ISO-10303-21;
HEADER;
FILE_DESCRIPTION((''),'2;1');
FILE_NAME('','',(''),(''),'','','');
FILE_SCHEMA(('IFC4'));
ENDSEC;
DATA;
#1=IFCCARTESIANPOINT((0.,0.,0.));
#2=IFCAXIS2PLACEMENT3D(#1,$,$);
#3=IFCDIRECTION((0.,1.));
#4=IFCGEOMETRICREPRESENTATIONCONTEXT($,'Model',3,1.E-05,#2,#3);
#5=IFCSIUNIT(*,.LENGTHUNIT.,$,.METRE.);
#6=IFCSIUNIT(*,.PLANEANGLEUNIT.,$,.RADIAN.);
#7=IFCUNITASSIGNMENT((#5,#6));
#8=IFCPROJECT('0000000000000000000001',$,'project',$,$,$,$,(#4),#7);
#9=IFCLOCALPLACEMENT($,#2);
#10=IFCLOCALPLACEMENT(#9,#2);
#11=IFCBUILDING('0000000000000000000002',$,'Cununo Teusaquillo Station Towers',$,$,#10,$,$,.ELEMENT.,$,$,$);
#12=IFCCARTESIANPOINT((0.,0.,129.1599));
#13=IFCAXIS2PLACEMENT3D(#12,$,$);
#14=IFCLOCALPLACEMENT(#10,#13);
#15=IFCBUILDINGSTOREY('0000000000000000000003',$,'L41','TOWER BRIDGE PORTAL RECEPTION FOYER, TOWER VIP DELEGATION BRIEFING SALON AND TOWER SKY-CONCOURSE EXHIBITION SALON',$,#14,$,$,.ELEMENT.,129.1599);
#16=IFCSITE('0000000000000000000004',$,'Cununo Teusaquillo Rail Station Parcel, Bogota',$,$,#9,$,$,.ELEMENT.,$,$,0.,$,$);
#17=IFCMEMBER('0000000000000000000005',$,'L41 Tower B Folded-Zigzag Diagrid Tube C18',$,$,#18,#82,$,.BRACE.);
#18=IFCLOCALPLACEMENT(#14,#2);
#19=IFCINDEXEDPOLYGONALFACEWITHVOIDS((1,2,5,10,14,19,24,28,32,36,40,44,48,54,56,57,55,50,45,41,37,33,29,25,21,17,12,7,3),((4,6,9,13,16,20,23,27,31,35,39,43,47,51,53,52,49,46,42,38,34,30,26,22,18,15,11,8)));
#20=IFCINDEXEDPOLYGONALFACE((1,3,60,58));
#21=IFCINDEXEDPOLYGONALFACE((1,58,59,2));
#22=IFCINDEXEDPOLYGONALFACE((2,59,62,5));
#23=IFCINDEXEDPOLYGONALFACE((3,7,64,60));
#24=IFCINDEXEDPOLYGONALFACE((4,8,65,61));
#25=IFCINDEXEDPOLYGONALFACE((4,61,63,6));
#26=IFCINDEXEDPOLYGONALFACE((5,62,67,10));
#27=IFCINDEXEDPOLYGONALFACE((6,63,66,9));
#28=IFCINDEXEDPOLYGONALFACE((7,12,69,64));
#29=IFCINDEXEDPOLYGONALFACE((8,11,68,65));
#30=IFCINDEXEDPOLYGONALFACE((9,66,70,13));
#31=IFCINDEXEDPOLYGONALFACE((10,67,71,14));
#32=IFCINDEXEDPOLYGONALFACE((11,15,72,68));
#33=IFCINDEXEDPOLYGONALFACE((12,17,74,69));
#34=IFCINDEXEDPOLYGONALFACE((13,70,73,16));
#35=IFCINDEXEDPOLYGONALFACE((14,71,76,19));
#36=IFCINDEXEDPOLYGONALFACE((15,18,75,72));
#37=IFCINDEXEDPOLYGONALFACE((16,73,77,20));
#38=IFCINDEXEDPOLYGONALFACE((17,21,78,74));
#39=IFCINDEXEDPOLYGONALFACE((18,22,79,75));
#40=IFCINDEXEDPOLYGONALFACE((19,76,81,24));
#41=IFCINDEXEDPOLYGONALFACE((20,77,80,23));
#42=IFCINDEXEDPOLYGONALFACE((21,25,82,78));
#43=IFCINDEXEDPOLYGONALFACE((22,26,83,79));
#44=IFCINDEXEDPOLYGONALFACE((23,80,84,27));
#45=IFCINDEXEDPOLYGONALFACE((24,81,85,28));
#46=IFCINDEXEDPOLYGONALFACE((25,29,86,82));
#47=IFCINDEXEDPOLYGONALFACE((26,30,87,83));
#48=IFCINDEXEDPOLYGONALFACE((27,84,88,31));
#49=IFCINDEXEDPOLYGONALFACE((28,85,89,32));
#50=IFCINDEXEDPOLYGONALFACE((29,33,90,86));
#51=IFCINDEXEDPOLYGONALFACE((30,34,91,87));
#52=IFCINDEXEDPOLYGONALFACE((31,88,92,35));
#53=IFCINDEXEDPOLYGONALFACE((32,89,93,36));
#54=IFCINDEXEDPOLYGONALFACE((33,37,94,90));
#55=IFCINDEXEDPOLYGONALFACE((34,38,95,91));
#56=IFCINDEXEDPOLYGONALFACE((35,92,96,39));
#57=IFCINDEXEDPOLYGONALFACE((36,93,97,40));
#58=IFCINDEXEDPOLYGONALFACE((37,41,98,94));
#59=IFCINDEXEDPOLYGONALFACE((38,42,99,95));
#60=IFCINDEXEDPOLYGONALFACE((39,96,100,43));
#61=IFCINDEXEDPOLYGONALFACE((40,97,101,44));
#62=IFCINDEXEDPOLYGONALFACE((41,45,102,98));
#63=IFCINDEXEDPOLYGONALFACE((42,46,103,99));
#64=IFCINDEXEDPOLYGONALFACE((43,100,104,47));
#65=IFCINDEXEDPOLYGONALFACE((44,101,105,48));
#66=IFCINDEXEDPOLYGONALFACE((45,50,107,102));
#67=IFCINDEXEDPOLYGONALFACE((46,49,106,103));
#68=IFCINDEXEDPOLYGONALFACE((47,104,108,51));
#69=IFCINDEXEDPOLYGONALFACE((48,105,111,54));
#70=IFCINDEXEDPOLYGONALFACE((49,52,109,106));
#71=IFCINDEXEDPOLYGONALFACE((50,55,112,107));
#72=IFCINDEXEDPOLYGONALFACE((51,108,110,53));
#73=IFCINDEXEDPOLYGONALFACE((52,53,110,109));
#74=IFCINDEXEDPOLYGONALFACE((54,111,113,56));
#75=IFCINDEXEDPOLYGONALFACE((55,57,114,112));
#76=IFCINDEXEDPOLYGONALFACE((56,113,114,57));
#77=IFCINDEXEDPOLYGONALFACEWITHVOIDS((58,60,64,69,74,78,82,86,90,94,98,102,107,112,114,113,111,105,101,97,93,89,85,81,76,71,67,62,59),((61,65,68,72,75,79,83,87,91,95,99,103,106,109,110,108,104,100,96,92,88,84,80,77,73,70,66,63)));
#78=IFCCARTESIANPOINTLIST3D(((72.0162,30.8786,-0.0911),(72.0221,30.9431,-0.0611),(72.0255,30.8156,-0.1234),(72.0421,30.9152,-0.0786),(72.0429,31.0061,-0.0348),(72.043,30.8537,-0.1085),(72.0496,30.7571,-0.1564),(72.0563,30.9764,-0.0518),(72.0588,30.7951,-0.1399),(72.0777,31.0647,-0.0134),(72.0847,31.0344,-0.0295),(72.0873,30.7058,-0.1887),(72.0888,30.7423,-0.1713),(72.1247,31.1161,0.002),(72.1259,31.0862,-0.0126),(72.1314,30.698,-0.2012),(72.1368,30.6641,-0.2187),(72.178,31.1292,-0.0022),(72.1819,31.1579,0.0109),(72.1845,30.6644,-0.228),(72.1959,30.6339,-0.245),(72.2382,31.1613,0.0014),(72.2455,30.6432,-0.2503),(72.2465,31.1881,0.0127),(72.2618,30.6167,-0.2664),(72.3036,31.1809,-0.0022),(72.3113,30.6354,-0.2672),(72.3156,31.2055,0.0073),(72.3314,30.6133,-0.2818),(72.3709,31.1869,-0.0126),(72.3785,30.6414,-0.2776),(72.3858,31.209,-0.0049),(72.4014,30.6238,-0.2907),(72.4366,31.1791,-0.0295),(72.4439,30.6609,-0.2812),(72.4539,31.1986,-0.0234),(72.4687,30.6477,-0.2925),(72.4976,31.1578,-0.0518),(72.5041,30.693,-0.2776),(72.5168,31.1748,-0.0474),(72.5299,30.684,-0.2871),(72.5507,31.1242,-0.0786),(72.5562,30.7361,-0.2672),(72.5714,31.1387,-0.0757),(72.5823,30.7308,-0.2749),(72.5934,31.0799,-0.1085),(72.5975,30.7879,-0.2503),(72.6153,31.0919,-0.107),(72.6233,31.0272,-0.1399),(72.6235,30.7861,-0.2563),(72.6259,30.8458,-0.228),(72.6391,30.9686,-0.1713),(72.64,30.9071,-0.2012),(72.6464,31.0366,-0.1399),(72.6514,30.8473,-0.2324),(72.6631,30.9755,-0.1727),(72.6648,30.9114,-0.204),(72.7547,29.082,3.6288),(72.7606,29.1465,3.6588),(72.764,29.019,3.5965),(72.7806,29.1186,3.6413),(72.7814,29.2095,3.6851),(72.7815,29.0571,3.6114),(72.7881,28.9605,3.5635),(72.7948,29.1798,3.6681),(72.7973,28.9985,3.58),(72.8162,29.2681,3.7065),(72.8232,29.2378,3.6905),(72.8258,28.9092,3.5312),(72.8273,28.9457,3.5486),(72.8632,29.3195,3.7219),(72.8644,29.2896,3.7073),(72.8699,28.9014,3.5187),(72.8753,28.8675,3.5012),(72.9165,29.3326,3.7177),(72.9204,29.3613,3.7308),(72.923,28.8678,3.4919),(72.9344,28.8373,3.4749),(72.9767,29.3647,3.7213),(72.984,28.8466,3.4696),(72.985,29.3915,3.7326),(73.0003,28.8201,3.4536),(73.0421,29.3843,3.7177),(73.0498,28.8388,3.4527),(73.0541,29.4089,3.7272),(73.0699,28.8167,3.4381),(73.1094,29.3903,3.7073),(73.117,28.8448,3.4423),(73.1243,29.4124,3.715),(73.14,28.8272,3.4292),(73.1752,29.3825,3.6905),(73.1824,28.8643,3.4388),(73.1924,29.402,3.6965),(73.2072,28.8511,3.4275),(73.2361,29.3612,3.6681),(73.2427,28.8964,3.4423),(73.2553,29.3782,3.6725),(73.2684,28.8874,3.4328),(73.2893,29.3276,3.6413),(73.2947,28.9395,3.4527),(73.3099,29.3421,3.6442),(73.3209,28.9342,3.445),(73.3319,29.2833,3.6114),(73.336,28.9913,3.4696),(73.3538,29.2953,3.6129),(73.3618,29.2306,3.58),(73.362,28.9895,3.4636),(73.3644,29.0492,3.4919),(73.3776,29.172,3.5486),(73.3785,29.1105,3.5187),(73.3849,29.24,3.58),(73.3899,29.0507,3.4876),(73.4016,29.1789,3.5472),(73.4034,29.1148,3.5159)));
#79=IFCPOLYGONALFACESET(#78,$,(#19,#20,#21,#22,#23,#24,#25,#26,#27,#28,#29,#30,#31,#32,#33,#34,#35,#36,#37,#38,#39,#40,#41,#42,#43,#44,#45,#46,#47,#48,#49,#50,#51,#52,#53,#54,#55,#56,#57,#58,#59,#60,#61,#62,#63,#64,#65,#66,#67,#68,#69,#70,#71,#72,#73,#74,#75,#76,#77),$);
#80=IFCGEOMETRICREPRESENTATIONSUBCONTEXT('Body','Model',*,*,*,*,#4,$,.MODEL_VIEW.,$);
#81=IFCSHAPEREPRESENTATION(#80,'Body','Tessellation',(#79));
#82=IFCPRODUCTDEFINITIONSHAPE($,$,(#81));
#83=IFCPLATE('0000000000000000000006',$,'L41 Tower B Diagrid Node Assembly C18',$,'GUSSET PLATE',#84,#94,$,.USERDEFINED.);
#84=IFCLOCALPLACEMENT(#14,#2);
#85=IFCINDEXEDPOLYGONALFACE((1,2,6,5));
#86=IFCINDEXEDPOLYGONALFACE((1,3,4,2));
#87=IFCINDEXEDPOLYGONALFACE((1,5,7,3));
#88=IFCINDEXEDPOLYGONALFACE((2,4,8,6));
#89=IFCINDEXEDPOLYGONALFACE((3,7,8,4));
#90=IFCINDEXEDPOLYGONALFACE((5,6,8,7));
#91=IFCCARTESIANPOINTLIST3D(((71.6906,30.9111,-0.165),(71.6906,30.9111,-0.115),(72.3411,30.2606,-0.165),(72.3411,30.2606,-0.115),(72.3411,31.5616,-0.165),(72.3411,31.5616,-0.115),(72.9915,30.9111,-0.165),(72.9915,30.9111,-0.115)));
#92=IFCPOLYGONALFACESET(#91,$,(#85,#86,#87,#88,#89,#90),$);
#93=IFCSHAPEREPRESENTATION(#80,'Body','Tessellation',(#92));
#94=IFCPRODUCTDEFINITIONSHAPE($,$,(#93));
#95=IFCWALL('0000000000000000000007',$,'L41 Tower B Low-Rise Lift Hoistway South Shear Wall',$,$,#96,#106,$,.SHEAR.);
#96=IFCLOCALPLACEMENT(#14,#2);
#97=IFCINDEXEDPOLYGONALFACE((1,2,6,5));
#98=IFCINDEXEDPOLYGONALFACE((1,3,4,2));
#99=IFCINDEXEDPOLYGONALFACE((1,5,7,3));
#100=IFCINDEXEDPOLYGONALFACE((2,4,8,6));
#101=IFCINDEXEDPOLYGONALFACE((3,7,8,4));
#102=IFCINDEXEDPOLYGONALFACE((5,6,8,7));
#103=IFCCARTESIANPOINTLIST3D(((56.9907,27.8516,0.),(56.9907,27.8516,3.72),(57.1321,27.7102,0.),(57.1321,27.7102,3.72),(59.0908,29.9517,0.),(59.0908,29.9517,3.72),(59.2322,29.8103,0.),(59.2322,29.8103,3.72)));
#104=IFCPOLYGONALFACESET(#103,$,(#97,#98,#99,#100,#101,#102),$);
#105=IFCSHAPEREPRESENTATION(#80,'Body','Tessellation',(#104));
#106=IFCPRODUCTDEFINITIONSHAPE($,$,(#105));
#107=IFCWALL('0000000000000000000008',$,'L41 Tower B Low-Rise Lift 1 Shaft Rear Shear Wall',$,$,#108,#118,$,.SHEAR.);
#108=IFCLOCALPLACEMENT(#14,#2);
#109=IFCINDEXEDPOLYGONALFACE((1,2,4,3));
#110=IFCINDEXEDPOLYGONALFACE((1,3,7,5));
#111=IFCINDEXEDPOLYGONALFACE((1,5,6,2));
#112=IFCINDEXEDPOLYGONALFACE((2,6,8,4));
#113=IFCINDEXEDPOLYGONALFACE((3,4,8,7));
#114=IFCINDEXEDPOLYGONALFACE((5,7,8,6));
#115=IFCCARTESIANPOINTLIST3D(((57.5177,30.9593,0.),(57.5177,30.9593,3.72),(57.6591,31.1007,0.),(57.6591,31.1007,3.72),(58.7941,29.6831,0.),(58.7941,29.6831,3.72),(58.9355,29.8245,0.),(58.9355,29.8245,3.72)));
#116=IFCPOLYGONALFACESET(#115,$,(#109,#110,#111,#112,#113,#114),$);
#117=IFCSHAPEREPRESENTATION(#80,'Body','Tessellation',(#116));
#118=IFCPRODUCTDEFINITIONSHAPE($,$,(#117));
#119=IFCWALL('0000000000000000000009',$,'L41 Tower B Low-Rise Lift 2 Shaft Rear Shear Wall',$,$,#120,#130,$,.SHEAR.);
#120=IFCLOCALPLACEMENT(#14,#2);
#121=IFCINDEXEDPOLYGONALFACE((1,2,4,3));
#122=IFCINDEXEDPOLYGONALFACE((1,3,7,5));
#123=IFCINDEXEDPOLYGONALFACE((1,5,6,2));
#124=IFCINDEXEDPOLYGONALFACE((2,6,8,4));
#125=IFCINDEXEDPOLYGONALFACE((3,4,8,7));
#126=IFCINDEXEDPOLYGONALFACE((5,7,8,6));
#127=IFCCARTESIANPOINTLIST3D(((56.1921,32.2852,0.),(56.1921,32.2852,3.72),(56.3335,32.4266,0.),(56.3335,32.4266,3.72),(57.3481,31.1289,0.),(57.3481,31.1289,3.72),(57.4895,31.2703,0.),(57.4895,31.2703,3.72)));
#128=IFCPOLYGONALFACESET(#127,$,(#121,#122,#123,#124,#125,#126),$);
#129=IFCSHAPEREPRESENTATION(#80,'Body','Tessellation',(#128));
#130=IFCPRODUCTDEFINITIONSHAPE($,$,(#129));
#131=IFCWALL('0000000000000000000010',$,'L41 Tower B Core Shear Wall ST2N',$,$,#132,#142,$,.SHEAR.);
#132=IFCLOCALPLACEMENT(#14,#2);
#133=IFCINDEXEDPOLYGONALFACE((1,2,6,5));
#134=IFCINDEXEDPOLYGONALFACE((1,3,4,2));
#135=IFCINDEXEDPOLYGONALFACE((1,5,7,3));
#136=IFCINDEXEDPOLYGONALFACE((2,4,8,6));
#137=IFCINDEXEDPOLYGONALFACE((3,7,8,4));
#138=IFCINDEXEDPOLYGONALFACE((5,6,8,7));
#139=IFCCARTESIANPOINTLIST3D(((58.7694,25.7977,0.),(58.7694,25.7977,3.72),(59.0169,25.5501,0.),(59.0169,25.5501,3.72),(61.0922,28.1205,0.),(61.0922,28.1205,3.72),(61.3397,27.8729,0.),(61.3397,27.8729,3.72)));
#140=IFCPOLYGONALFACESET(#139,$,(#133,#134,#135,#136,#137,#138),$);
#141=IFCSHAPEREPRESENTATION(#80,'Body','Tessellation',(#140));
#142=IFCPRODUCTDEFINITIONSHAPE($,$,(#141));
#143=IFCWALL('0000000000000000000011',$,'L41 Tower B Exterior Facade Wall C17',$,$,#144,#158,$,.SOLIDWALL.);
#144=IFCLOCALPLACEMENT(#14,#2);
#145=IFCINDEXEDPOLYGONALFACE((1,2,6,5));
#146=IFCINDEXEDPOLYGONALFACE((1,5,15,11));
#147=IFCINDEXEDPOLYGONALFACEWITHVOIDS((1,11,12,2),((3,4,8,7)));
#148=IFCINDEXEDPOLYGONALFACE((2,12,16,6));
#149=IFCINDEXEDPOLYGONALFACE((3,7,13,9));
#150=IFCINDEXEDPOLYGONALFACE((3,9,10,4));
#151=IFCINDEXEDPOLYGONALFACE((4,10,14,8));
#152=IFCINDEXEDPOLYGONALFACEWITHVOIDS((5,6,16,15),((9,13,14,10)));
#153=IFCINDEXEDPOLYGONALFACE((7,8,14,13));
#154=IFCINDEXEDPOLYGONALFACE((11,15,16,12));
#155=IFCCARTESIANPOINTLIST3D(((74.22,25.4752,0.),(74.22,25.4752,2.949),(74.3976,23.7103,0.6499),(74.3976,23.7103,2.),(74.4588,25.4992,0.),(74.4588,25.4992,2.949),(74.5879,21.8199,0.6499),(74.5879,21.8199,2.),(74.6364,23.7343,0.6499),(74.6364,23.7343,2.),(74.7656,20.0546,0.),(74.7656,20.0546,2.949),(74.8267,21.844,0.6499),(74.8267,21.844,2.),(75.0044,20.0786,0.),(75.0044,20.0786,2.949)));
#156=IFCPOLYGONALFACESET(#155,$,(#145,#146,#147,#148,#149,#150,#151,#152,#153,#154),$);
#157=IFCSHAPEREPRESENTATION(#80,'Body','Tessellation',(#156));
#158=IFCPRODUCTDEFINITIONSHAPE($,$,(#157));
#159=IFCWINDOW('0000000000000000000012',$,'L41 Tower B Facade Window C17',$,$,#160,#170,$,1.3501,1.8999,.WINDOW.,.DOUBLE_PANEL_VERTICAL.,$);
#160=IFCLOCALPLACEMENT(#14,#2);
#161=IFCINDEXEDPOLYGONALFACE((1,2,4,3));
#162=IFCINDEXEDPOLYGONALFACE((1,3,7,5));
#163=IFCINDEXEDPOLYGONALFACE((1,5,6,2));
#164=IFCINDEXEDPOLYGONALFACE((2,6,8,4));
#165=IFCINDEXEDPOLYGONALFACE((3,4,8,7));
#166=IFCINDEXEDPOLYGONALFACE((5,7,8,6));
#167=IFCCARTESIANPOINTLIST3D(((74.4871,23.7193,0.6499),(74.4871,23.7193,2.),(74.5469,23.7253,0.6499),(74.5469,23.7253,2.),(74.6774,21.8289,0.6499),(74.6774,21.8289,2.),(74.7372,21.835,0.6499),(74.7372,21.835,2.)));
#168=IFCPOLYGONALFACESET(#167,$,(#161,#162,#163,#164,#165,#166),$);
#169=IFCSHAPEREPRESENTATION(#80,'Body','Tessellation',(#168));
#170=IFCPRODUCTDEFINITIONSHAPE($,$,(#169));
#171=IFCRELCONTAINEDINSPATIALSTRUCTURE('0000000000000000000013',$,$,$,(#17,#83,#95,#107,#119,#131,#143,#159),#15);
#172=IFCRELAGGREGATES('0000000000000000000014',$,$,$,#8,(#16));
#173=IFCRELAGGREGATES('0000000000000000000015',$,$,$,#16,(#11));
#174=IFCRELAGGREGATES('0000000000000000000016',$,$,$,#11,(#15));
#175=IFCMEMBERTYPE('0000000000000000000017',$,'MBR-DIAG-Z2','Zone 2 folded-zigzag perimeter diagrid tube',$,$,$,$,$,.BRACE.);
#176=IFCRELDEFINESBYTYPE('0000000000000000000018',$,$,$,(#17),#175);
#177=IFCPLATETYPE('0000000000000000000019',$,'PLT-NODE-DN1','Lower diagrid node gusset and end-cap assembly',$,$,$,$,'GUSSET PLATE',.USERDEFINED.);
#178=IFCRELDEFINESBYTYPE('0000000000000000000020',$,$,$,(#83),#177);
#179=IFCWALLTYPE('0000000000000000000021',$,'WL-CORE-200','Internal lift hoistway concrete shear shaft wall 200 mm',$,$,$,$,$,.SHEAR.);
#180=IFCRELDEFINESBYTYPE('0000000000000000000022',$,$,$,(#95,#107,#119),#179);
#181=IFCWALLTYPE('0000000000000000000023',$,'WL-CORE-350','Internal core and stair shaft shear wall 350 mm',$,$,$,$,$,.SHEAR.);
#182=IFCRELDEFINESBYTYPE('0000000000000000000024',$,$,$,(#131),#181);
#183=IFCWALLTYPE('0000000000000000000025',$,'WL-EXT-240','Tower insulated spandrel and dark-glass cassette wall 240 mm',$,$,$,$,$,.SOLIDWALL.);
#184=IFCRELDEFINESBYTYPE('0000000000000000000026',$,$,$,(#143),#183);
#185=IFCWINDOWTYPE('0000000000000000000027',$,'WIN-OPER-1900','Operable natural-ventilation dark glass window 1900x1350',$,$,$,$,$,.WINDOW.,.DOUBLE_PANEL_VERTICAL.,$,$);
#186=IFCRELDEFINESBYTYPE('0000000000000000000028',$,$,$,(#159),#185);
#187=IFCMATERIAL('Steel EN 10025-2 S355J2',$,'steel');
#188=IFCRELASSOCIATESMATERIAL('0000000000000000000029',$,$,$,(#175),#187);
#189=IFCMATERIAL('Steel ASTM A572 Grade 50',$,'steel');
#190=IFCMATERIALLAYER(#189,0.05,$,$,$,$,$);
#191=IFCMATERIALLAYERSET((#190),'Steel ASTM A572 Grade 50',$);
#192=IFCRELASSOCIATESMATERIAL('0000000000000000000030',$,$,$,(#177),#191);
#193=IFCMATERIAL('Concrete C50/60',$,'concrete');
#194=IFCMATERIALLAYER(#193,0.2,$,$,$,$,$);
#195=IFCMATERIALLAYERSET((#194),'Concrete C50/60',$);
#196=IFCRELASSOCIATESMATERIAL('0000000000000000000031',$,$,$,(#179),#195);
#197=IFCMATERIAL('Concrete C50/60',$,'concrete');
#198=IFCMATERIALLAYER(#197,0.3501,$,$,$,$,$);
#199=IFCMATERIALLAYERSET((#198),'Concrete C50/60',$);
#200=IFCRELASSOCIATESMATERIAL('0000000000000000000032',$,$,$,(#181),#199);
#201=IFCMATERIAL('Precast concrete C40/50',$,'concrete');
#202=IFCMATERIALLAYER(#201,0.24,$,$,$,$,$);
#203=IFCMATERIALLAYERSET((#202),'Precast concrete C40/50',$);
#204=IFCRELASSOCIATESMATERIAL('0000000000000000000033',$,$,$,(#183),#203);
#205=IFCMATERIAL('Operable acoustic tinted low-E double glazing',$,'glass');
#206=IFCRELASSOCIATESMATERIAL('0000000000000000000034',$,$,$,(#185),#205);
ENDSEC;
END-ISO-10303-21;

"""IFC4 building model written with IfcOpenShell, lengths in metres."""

from ifc_helpers import new_model, si_unit, direction, frame, frame_2d, origin, origin_2d, place, context, subcontext, project, spatial, rectangle, hollow_circle, extrude, source, transform, mapped, material, layer, layer_set, material_profile, profile_set, type_object, element, fill, save


model = new_model("IFC4")

# Units and contexts
model_context = context("Model", 3, precision=1e-05, world=origin(), true_north=direction((0.0, 1.0)))
body_context = subcontext(model_context, "Body", "Model", "MODEL_VIEW")
ifc_project = project(units=[si_unit("LENGTHUNIT", "METRE"), si_unit("PLANEANGLEUNIT", "RADIAN")], contexts=[model_context])

# Site, building, storey
site_placement = place(None, origin())
site = spatial("IfcSite", under=ifc_project, at=site_placement, Name="Cununo Teusaquillo Rail Station Parcel, Bogota", CompositionType="ELEMENT", RefElevation=0.0)
building_placement = place(site_placement, origin())
building = spatial("IfcBuilding", under=site, at=building_placement, Name="Cununo Teusaquillo Station Towers", CompositionType="ELEMENT")
storey_placement = place(building_placement, frame((0.0, 0.0, 129.1599)))
storey = spatial("IfcBuildingStorey", under=building, at=storey_placement, Name="L41", Description="TOWER BRIDGE PORTAL RECEPTION FOYER, TOWER VIP DELEGATION BRIEFING SALON AND TOWER SKY-CONCOURSE EXHIBITION SALON", CompositionType="ELEMENT", Elevation=129.1599)

# Member
ifc_material_1 = material(Name="Steel EN 10025-2 S355J2", Category="steel")
ifc_material_profile_1 = material_profile(ifc_material_1, hollow_circle(Radius=0.3301, WallThickness=0.0249, at=origin_2d()), Name="CHS 660x25")
ifc_profile_set_1 = profile_set([ifc_material_profile_1], Name="Steel EN 10025-2 S355J2")
member_type = type_object("IfcMemberType", Name="MBR-DIAG-Z2", Description="Zone 2 folded-zigzag perimeter diagrid tube", PredefinedType="BRACE", material=ifc_profile_set_1)
member_placement = place(storey_placement, frame((72.3411, 30.9111, -0.1399), z_axis=(0.175982, -0.428115, 0.886424), x_axis=(0.924907, 0.380193, 0.0)))
element("IfcMember", 1, at=member_placement, inside=storey, type_object=member_type, Name="L41 Tower B Folded-Zigzag Diagrid Tube C18", PredefinedType="BRACE", context=body_context, shape_type="SweptSolid", body=[
    extrude(hollow_circle(Radius=0.3301, WallThickness=0.0249, at=origin_2d()), origin(), (0.0, 0.0, 1.0), 4.1965),
])

# Plate
ifc_material_2 = material(Name="Steel ASTM A572 Grade 50", Category="steel")
ifc_layer_1 = layer(ifc_material_2, 0.05)
ifc_layer_set_1 = layer_set([ifc_layer_1], Name="Steel ASTM A572 Grade 50")
plate_type = type_object("IfcPlateType", Name="PLT-NODE-DN1", Description="Lower diagrid node gusset and end-cap assembly", ElementType="GUSSET PLATE", PredefinedType="USERDEFINED", material=ifc_layer_set_1)
shared_shape_1 = source(origin(), body_context, "Body", "SweptSolid", [
    extrude(rectangle(XDim=0.9199, YDim=0.9199, at=origin_2d()), origin(), (0.0, 0.0, 1.0), 0.05),
])
plate_placement = place(storey_placement, frame((72.3411, 30.9111, -0.165), z_axis=(0.0, 0.0, 1.0), x_axis=(0.707107, 0.707107, 0.0)))
element("IfcPlate", 2, at=plate_placement, inside=storey, type_object=plate_type, Name="L41 Tower B Diagrid Node Assembly C18", ObjectType="GUSSET PLATE", PredefinedType="USERDEFINED", context=body_context, shape_type="MappedRepresentation", body=[
    mapped(shared_shape_1, transform((0.0, 0.0, 0.0), x_axis=(1.0, 0.0, 0.0), y_axis=(0.0, 1.0, 0.0), z_axis=(0.0, 0.0, 1.0), scale=1.0)),
])

# Walls
ifc_material_3 = material(Name="Concrete C50/60", Category="concrete")
ifc_layer_2 = layer(ifc_material_3, 0.2)
ifc_layer_set_2 = layer_set([ifc_layer_2], Name="Concrete C50/60")
wall_type_1 = type_object("IfcWallType", Name="WL-CORE-200", Description="Internal lift hoistway concrete shear shaft wall 200 mm", PredefinedType="SHEAR", material=ifc_layer_set_2)
wall_1_placement = place(storey_placement, frame((57.0615, 27.781, 0.0), z_axis=(0.0, 0.0, 1.0), x_axis=(0.707107, 0.707107, 0.0)))
element("IfcWall", 3, at=wall_1_placement, inside=storey, type_object=wall_type_1, Name="L41 Tower B Low-Rise Lift Hoistway South Shear Wall", PredefinedType="SHEAR", context=body_context, shape_type="SweptSolid", body=[
    extrude(rectangle(XDim=2.97, YDim=0.2, at=frame_2d((1.4849, 0.0))), origin(), (0.0, 0.0, 1.0), 3.72),
])
wall_2_placement = place(storey_placement, frame((58.8647, 29.7539, 0.0), z_axis=(0.0, 0.0, 1.0), x_axis=(-0.707174, 0.707039, 0.0)))
element("IfcWall", 4, at=wall_2_placement, inside=storey, type_object=wall_type_1, Name="L41 Tower B Low-Rise Lift 1 Shaft Rear Shear Wall", PredefinedType="SHEAR", context=body_context, shape_type="SweptSolid", body=[
    extrude(rectangle(XDim=1.8049, YDim=0.2, at=frame_2d((0.9023, 0.0))), origin(), (0.0, 0.0, 1.0), 3.72),
])
wall_3_placement = place(storey_placement, frame((57.4187, 31.1997, 0.0), z_axis=(0.0, 0.0, 1.0), x_axis=(-0.707032, 0.707181, 0.0)))
element("IfcWall", 5, at=wall_3_placement, inside=storey, type_object=wall_type_1, Name="L41 Tower B Low-Rise Lift 2 Shaft Rear Shear Wall", PredefinedType="SHEAR", context=body_context, shape_type="SweptSolid", body=[
    extrude(rectangle(XDim=1.635, YDim=0.2, at=frame_2d((0.8174, 0.0))), origin(), (0.0, 0.0, 1.0), 3.72),
])
ifc_material_4 = material(Name="Concrete C50/60", Category="concrete")
ifc_layer_3 = layer(ifc_material_4, 0.3501)
ifc_layer_set_3 = layer_set([ifc_layer_3], Name="Concrete C50/60")
wall_type_2 = type_object("IfcWallType", Name="WL-CORE-350", Description="Internal core and stair shaft shear wall 350 mm", PredefinedType="SHEAR", material=ifc_layer_set_3)
wall_4_placement = place(storey_placement, frame((58.8931, 25.6738, 0.0), z_axis=(0.0, 0.0, 1.0), x_axis=(0.707107, 0.707107, 0.0)))
element("IfcWall", 6, at=wall_4_placement, inside=storey, type_object=wall_type_2, Name="L41 Tower B Core Shear Wall ST2N", PredefinedType="SHEAR", context=body_context, shape_type="SweptSolid", body=[
    extrude(rectangle(XDim=3.2849, YDim=0.3501, at=frame_2d((1.6426, 0.0))), origin(), (0.0, 0.0, 1.0), 3.72),
])

# Wall, opening, window
ifc_material_5 = material(Name="Precast concrete C40/50", Category="concrete")
ifc_layer_4 = layer(ifc_material_5, 0.24)
ifc_layer_set_4 = layer_set([ifc_layer_4], Name="Precast concrete C40/50")
wall_type_3 = type_object("IfcWallType", Name="WL-EXT-240", Description="Tower insulated spandrel and dark-glass cassette wall 240 mm", PredefinedType="SOLIDWALL", material=ifc_layer_set_4)
wall_5_placement = place(storey_placement, frame((74.3394, 25.4873, 0.0), z_axis=(0.0, 0.0, 1.0), x_axis=(0.100156, -0.994972, 0.0)))
wall_5 = element("IfcWall", 7, at=wall_5_placement, inside=storey, type_object=wall_type_3, Name="L41 Tower B Exterior Facade Wall C17", PredefinedType="SOLIDWALL", context=body_context, shape_type="SweptSolid", body=[
    extrude(rectangle(XDim=5.448, YDim=0.24, at=frame_2d((2.7241, 0.0))), origin(), (0.0, 0.0, 1.0), 2.949),
])
shared_shape_2 = source(origin(), body_context, "Body", "SweptSolid", [
    extrude(rectangle(XDim=1.8999, YDim=1.3501, at=frame_2d((0.95, 0.675))), frame((0.0, 0.1299, 0.0), z_axis=(0.0, -1.0, 0.0), x_axis=(1.0, 0.0, 0.0)), (0.0, 0.0, 1.0), 0.26),
])
opening_1_placement = place(wall_5_placement, frame((1.7739, 0.0, 0.6499)))
opening_1 = element("IfcOpeningElement", 8, at=opening_1_placement, cuts=wall_5, PredefinedType="OPENING", context=body_context, shape_type="MappedRepresentation", body=[
    mapped(shared_shape_2, transform((0.0, 0.0, 0.0), x_axis=(1.0, 0.0, 0.0), y_axis=(0.0, 1.0, 0.0), z_axis=(0.0, 0.0, 1.0), scale=1.0)),
])
ifc_material_6 = material(Name="Operable acoustic tinted low-E double glazing", Category="glass")
window_type = type_object("IfcWindowType", Name="WIN-OPER-1900", Description="Operable natural-ventilation dark glass window 1900x1350", PartitioningType="DOUBLE_PANEL_VERTICAL", PredefinedType="WINDOW", material=ifc_material_6)
shared_shape_3 = source(origin(), body_context, "Body", "SweptSolid", [
    extrude(rectangle(XDim=1.8999, YDim=1.3501, at=frame_2d((0.95, 0.675))), frame((0.0, 0.03, 0.0), z_axis=(0.0, -1.0, 0.0), x_axis=(1.0, 0.0, 0.0)), (0.0, 0.0, 1.0), 0.0601),
])
window_placement = place(opening_1_placement, origin())
window = element("IfcWindow", 9, at=window_placement, inside=storey, type_object=window_type, Name="L41 Tower B Facade Window C17", OverallHeight=1.3501, OverallWidth=1.8999, PartitioningType="DOUBLE_PANEL_VERTICAL", PredefinedType="WINDOW", context=body_context, shape_type="MappedRepresentation", body=[
    mapped(shared_shape_3, transform((0.0, 0.0, 0.0), x_axis=(1.0, 0.0, 0.0), y_axis=(0.0, 1.0, 0.0), z_axis=(0.0, 0.0, 1.0), scale=1.0)),
])
fill(opening_1, window)

save(model, "model.ifc")
